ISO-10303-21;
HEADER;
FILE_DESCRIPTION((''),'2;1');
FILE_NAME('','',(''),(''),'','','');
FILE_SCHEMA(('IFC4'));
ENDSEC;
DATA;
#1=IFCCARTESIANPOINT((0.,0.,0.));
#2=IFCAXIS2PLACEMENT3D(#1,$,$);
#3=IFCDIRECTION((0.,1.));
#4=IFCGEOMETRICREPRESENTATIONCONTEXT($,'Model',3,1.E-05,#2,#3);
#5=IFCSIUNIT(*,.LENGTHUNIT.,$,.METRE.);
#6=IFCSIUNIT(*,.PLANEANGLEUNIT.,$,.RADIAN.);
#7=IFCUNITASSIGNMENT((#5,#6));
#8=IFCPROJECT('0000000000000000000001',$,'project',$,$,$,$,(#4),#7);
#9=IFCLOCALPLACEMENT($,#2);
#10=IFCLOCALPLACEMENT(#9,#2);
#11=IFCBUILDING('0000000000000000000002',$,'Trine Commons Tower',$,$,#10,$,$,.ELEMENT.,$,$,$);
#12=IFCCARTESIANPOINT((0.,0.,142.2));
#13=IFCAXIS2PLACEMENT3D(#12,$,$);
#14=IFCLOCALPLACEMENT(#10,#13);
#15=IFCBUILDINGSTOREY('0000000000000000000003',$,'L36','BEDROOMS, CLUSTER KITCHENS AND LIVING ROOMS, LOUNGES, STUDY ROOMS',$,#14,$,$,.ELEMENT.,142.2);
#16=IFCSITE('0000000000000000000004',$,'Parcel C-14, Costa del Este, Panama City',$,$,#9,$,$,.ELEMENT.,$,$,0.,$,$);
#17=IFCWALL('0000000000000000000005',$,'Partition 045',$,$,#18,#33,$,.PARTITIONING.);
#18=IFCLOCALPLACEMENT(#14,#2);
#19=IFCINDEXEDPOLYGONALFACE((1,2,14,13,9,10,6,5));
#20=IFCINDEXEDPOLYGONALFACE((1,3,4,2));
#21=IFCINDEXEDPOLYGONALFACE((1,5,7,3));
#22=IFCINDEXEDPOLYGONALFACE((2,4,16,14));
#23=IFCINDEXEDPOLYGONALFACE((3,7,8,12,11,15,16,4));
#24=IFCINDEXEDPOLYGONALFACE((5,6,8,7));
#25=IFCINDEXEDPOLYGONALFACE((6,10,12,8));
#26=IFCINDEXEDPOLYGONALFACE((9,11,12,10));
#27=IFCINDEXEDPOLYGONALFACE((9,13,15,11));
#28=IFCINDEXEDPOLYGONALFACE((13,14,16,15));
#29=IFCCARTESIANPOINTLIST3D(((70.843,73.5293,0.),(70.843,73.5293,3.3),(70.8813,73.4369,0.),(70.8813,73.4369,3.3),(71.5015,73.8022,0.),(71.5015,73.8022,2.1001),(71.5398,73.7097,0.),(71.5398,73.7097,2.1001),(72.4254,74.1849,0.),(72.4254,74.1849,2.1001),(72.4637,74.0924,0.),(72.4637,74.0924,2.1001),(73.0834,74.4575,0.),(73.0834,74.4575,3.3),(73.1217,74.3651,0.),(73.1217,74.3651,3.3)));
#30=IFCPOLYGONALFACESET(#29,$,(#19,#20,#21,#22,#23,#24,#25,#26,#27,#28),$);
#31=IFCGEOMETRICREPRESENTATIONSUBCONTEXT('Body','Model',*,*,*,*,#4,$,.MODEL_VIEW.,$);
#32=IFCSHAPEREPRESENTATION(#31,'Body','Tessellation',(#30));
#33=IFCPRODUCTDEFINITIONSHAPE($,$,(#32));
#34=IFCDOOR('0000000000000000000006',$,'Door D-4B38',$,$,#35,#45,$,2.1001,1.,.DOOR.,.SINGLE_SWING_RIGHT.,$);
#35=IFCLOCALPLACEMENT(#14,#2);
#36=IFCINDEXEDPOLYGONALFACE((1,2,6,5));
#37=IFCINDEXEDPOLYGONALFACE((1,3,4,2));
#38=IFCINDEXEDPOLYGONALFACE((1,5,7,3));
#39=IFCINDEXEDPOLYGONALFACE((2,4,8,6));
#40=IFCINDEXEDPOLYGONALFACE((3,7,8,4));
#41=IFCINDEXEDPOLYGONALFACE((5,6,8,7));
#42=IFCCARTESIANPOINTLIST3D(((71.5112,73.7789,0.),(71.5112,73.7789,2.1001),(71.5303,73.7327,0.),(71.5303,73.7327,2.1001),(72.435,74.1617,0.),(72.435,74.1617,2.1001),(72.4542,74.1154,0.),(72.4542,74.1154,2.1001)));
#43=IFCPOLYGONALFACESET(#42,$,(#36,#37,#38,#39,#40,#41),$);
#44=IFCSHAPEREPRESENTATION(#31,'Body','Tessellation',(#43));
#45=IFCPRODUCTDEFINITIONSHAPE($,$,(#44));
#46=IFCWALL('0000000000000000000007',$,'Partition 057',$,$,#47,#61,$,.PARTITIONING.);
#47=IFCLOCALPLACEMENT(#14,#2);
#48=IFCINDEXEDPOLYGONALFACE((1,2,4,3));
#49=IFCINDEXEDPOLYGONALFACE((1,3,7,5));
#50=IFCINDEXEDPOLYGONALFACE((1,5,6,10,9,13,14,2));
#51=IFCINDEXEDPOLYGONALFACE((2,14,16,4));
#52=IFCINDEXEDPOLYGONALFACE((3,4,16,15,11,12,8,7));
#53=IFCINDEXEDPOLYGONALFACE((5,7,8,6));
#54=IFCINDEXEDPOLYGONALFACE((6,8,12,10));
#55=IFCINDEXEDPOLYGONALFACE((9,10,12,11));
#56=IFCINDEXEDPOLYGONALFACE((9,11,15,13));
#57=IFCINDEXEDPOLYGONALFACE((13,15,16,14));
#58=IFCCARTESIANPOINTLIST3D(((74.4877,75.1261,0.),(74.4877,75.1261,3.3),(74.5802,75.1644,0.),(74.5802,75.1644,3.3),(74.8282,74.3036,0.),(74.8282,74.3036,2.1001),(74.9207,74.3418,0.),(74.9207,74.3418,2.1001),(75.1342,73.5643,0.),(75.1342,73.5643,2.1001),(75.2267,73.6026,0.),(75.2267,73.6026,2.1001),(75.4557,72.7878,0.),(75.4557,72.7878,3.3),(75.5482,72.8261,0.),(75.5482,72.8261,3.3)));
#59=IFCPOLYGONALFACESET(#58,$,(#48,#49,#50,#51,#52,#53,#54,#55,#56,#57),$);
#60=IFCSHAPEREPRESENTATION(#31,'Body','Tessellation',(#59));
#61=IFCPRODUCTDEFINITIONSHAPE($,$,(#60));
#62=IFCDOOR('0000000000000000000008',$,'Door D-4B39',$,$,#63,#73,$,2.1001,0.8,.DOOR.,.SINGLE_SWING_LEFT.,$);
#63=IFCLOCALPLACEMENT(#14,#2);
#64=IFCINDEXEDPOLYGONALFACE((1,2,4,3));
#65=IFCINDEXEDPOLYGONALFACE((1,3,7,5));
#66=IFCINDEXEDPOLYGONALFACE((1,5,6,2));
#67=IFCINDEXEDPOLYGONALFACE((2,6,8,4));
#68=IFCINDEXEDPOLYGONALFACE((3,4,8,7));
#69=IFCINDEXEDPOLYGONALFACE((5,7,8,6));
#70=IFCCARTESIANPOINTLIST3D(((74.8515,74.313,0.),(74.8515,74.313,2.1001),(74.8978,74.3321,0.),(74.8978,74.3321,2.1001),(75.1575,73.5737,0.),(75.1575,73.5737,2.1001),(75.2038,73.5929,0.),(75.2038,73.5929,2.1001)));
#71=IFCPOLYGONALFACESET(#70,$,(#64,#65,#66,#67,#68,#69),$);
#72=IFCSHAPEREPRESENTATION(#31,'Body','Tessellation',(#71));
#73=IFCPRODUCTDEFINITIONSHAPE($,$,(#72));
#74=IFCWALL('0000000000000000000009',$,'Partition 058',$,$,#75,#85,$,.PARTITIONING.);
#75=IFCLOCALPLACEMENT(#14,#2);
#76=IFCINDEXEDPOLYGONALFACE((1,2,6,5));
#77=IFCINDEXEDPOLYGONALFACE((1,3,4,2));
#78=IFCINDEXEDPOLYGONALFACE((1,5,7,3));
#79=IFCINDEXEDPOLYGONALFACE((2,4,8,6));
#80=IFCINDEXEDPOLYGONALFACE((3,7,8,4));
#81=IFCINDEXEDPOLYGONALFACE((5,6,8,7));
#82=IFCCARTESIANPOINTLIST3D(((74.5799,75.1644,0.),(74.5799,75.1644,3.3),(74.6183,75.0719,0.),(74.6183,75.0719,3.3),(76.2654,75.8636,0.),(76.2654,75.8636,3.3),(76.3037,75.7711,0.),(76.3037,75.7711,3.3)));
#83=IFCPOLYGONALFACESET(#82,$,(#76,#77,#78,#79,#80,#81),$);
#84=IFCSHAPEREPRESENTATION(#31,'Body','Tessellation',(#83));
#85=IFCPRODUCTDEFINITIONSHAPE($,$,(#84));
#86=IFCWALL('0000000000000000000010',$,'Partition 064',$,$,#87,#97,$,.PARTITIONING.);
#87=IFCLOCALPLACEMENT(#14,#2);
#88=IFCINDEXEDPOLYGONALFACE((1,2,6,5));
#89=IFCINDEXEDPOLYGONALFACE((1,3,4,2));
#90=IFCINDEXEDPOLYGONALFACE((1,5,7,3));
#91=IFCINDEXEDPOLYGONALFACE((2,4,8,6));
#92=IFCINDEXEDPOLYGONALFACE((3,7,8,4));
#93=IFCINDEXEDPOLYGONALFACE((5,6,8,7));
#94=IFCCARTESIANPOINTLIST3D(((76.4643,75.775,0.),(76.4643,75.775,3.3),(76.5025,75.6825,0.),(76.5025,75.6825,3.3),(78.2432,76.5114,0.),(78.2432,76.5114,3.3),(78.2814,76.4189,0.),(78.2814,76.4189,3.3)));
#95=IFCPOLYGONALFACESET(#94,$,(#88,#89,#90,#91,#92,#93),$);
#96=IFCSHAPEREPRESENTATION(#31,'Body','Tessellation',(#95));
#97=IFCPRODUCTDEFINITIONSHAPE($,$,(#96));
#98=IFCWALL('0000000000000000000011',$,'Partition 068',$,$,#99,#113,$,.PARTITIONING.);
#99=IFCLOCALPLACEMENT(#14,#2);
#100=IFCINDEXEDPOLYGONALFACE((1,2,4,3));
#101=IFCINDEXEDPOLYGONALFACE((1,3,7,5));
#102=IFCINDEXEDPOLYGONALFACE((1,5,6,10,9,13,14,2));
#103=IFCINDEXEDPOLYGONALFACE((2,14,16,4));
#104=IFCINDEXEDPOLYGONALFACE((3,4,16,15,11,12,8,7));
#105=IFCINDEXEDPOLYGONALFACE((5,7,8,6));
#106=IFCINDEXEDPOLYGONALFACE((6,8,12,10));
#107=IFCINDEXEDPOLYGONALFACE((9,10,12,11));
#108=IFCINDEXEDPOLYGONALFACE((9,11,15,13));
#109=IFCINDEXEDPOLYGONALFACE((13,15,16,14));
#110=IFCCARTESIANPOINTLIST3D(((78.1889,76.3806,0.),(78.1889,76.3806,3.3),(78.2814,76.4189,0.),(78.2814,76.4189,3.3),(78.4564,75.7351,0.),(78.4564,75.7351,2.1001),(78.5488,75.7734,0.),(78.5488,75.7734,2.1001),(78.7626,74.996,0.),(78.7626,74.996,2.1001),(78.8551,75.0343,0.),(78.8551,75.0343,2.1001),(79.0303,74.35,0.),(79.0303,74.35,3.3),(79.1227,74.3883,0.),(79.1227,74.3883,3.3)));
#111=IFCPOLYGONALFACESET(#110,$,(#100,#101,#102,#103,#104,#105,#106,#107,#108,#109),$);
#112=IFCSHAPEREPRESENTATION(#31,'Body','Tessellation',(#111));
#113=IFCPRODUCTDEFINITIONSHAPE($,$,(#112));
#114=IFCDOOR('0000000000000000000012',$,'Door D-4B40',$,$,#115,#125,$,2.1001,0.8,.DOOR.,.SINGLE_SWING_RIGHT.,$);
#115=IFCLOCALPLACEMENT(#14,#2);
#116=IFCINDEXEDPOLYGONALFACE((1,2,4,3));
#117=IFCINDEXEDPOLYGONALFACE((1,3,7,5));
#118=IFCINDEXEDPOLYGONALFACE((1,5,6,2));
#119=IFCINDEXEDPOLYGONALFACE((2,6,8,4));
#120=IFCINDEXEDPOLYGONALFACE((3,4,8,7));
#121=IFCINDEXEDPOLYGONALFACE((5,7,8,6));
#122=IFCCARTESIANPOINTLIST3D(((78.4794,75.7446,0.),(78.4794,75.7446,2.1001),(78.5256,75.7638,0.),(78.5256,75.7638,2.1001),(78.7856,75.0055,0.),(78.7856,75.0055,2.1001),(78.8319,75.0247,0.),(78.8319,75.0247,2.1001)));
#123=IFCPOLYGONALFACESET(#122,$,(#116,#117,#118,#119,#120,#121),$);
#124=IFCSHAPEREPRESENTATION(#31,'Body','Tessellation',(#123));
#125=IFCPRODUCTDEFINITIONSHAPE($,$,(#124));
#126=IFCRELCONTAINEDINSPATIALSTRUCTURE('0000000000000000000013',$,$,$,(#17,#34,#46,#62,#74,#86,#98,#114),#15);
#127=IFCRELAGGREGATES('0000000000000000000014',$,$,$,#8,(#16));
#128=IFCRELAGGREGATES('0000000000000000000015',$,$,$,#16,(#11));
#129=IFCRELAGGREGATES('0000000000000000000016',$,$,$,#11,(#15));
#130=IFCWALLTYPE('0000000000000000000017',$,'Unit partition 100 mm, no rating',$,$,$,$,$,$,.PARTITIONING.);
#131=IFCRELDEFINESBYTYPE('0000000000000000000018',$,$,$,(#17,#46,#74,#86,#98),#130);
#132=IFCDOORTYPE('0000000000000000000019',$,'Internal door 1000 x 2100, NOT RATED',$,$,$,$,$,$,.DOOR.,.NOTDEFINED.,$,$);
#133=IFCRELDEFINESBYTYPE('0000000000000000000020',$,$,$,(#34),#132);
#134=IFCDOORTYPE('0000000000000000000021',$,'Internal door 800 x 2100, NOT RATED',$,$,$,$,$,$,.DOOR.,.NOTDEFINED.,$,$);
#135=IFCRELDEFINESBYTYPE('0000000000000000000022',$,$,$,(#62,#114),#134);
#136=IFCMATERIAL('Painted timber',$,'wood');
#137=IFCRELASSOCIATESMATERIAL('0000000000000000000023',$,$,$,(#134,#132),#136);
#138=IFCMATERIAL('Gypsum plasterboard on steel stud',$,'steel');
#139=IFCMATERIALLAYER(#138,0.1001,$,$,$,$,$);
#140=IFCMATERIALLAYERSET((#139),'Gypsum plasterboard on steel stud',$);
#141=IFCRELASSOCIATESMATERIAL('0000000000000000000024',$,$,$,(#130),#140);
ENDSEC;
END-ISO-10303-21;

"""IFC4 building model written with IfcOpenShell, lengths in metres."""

from ifc_helpers import new_model, si_unit, direction, frame, frame_2d, origin, place, context, subcontext, project, spatial, rectangle, extrude, material, layer, layer_set, type_object, element, fill, save


model = new_model("IFC4")

# Units and contexts
model_context = context("Model", 3, precision=1e-05, world=origin(), true_north=direction((0.0, 1.0)))
body_context = subcontext(model_context, "Body", "Model", "MODEL_VIEW")
ifc_project = project(units=[si_unit("LENGTHUNIT", "METRE"), si_unit("PLANEANGLEUNIT", "RADIAN")], contexts=[model_context])

# Site, building, storey
site_placement = place(None, origin())
site = spatial("IfcSite", under=ifc_project, at=site_placement, Name="Parcel C-14, Costa del Este, Panama City", CompositionType="ELEMENT", RefElevation=0.0)
building_placement = place(site_placement, origin())
building = spatial("IfcBuilding", under=site, at=building_placement, Name="Trine Commons Tower", CompositionType="ELEMENT")
storey_placement = place(building_placement, frame((0.0, 0.0, 142.2)))
storey = spatial("IfcBuildingStorey", under=building, at=storey_placement, Name="L36", Description="BEDROOMS, CLUSTER KITCHENS AND LIVING ROOMS, LOUNGES, STUDY ROOMS", CompositionType="ELEMENT", Elevation=142.2)

# Shared definitions
ifc_material_1 = material(Name="Gypsum plasterboard on steel stud", Category="steel")

# Shared definitions
ifc_material_2 = material(Name="Painted timber", Category="wood")
door_type_1 = type_object("IfcDoorType", Name="Internal door 800 x 2100, NOT RATED", OperationType="NOTDEFINED", PredefinedType="DOOR", material=ifc_material_2)

# Shared definitions
ifc_layer_1 = layer(ifc_material_1, 0.1001)
ifc_layer_set_1 = layer_set([ifc_layer_1], Name="Gypsum plasterboard on steel stud")
wall_type_1 = type_object("IfcWallType", Name="Unit partition 100 mm, no rating", PredefinedType="PARTITIONING", material=ifc_layer_set_1)

# Walls, openings, doors
wall_1_placement = place(storey_placement, frame((70.8623, 73.4832, 0.0), z_axis=(0.0, 0.0, 1.0), x_axis=(0.923852, 0.382749, 0.0)))
wall_1 = element("IfcWall", 1, at=wall_1_placement, inside=storey, type_object=wall_type_1, Name="Partition 045", PredefinedType="PARTITIONING", context=body_context, shape_type="SweptSolid", body=[
    extrude(rectangle(XDim=2.425, YDim=0.1001, at=frame_2d((1.2124, 0.0))), origin(), (0.0, 0.0, 1.0), 3.3),
])
opening_1_placement = place(wall_1_placement, frame((0.7126, 0.0, 0.0)))
opening_1 = element("IfcOpeningElement", 2, at=opening_1_placement, cuts=wall_1, PredefinedType="OPENING", context=body_context, shape_type="SweptSolid", body=[
    extrude(rectangle(XDim=1.0, YDim=2.1001, at=frame_2d((0.5, 1.05))), frame((0.0, 0.0601, 0.0), z_axis=(0.0, -1.0, 0.0), x_axis=(1.0, 0.0, 0.0)), (0.0, 0.0, 1.0), 0.1201),
])
door_type_2 = type_object("IfcDoorType", Name="Internal door 1000 x 2100, NOT RATED", OperationType="NOTDEFINED", PredefinedType="DOOR", material=ifc_material_2)
door_1_placement = place(opening_1_placement, origin())
door_1 = element("IfcDoor", 3, at=door_1_placement, inside=storey, type_object=door_type_2, Name="Door D-4B38", OperationType="SINGLE_SWING_RIGHT", OverallHeight=2.1001, OverallWidth=1.0, PredefinedType="DOOR", context=body_context, shape_type="SweptSolid", body=[
    extrude(rectangle(XDim=1.0, YDim=2.1001, at=frame_2d((0.5, 1.05))), frame((0.0, 0.0249, 0.0), z_axis=(0.0, -1.0, 0.0), x_axis=(1.0, 0.0, 0.0)), (0.0, 0.0, 1.0), 0.05),
])
fill(opening_1, door_1)
wall_2_placement = place(storey_placement, frame((74.5339, 75.1453, 0.0), z_axis=(0.0, 0.0, 1.0), x_axis=(0.382491, -0.923959, 0.0)))
wall_2 = element("IfcWall", 4, at=wall_2_placement, inside=storey, type_object=wall_type_1, Name="Partition 057", PredefinedType="PARTITIONING", context=body_context, shape_type="SweptSolid", body=[
    extrude(rectangle(XDim=2.5308, YDim=0.1001, at=frame_2d((1.2654, 0.0))), origin(), (0.0, 0.0, 1.0), 3.3),
])
opening_2_placement = place(wall_2_placement, frame((0.8904, 0.0, 0.0)))
opening_2 = element("IfcOpeningElement", 5, at=opening_2_placement, cuts=wall_2, PredefinedType="OPENING", context=body_context, shape_type="SweptSolid", body=[
    extrude(rectangle(XDim=0.8, YDim=2.1001, at=frame_2d((0.3999, 1.05))), frame((0.0, 0.0601, 0.0), z_axis=(0.0, -1.0, 0.0), x_axis=(1.0, 0.0, 0.0)), (0.0, 0.0, 1.0), 0.1201),
])
door_2_placement = place(opening_2_placement, frame((0.8, 0.0, 0.0), z_axis=(0.0, 0.0, 1.0), x_axis=(-1.0, 0.0, 0.0)))
door_2 = element("IfcDoor", 6, at=door_2_placement, inside=storey, type_object=door_type_1, Name="Door D-4B39", OperationType="SINGLE_SWING_LEFT", OverallHeight=2.1001, OverallWidth=0.8, PredefinedType="DOOR", context=body_context, shape_type="SweptSolid", body=[
    extrude(rectangle(XDim=0.8, YDim=2.1001, at=frame_2d((0.3999, 1.05))), frame((0.0, 0.0249, 0.0), z_axis=(0.0, -1.0, 0.0), x_axis=(1.0, 0.0, 0.0)), (0.0, 0.0, 1.0), 0.05),
])
fill(opening_2, door_2)

# Walls
wall_3_placement = place(storey_placement, frame((74.5991, 75.1182, 0.0), z_axis=(0.0, 0.0, 1.0), x_axis=(0.923677, 0.383171, 0.0)))
element("IfcWall", 7, at=wall_3_placement, inside=storey, type_object=wall_type_1, Name="Partition 058", PredefinedType="PARTITIONING", context=body_context, shape_type="SweptSolid", body=[
    extrude(rectangle(XDim=1.8247, YDim=0.1001, at=frame_2d((0.9124, 0.0))), origin(), (0.0, 0.0, 1.0), 3.3),
])
wall_4_placement = place(storey_placement, frame((76.4834, 75.7288, 0.0), z_axis=(0.0, 0.0, 1.0), x_axis=(0.923967, 0.382471, 0.0)))
element("IfcWall", 8, at=wall_4_placement, inside=storey, type_object=wall_type_1, Name="Partition 064", PredefinedType="PARTITIONING", context=body_context, shape_type="SweptSolid", body=[
    extrude(rectangle(XDim=1.9253, YDim=0.1001, at=frame_2d((0.9626, 0.0))), origin(), (0.0, 0.0, 1.0), 3.3),
])

# Wall, opening, door
wall_5_placement = place(storey_placement, frame((78.2351, 76.3999, 0.0), z_axis=(0.0, 0.0, 1.0), x_axis=(0.382777, -0.923841, 0.0)))
wall_5 = element("IfcWall", 9, at=wall_5_placement, inside=storey, type_object=wall_type_1, Name="Partition 068", PredefinedType="PARTITIONING", context=body_context, shape_type="SweptSolid", body=[
    extrude(rectangle(XDim=2.198, YDim=0.1001, at=frame_2d((1.0991, 0.0))), origin(), (0.0, 0.0, 1.0), 3.3),
])
opening_3_placement = place(wall_5_placement, frame((0.699, 0.0, 0.0)))
opening_3 = element("IfcOpeningElement", 10, at=opening_3_placement, cuts=wall_5, PredefinedType="OPENING", context=body_context, shape_type="SweptSolid", body=[
    extrude(rectangle(XDim=0.8, YDim=2.1001, at=frame_2d((0.3999, 1.05))), frame((0.0, 0.0601, 0.0), z_axis=(0.0, -1.0, 0.0), x_axis=(1.0, 0.0, 0.0)), (0.0, 0.0, 1.0), 0.1201),
])
door_3_placement = place(opening_3_placement, origin())
door_3 = element("IfcDoor", 11, at=door_3_placement, inside=storey, type_object=door_type_1, Name="Door D-4B40", OperationType="SINGLE_SWING_RIGHT", OverallHeight=2.1001, OverallWidth=0.8, PredefinedType="DOOR", context=body_context, shape_type="SweptSolid", body=[
    extrude(rectangle(XDim=0.8, YDim=2.1001, at=frame_2d((0.3999, 1.05))), frame((0.0, 0.0249, 0.0), z_axis=(0.0, -1.0, 0.0), x_axis=(1.0, 0.0, 0.0)), (0.0, 0.0, 1.0), 0.05),
])
fill(opening_3, door_3)

save(model, "model.ifc")
